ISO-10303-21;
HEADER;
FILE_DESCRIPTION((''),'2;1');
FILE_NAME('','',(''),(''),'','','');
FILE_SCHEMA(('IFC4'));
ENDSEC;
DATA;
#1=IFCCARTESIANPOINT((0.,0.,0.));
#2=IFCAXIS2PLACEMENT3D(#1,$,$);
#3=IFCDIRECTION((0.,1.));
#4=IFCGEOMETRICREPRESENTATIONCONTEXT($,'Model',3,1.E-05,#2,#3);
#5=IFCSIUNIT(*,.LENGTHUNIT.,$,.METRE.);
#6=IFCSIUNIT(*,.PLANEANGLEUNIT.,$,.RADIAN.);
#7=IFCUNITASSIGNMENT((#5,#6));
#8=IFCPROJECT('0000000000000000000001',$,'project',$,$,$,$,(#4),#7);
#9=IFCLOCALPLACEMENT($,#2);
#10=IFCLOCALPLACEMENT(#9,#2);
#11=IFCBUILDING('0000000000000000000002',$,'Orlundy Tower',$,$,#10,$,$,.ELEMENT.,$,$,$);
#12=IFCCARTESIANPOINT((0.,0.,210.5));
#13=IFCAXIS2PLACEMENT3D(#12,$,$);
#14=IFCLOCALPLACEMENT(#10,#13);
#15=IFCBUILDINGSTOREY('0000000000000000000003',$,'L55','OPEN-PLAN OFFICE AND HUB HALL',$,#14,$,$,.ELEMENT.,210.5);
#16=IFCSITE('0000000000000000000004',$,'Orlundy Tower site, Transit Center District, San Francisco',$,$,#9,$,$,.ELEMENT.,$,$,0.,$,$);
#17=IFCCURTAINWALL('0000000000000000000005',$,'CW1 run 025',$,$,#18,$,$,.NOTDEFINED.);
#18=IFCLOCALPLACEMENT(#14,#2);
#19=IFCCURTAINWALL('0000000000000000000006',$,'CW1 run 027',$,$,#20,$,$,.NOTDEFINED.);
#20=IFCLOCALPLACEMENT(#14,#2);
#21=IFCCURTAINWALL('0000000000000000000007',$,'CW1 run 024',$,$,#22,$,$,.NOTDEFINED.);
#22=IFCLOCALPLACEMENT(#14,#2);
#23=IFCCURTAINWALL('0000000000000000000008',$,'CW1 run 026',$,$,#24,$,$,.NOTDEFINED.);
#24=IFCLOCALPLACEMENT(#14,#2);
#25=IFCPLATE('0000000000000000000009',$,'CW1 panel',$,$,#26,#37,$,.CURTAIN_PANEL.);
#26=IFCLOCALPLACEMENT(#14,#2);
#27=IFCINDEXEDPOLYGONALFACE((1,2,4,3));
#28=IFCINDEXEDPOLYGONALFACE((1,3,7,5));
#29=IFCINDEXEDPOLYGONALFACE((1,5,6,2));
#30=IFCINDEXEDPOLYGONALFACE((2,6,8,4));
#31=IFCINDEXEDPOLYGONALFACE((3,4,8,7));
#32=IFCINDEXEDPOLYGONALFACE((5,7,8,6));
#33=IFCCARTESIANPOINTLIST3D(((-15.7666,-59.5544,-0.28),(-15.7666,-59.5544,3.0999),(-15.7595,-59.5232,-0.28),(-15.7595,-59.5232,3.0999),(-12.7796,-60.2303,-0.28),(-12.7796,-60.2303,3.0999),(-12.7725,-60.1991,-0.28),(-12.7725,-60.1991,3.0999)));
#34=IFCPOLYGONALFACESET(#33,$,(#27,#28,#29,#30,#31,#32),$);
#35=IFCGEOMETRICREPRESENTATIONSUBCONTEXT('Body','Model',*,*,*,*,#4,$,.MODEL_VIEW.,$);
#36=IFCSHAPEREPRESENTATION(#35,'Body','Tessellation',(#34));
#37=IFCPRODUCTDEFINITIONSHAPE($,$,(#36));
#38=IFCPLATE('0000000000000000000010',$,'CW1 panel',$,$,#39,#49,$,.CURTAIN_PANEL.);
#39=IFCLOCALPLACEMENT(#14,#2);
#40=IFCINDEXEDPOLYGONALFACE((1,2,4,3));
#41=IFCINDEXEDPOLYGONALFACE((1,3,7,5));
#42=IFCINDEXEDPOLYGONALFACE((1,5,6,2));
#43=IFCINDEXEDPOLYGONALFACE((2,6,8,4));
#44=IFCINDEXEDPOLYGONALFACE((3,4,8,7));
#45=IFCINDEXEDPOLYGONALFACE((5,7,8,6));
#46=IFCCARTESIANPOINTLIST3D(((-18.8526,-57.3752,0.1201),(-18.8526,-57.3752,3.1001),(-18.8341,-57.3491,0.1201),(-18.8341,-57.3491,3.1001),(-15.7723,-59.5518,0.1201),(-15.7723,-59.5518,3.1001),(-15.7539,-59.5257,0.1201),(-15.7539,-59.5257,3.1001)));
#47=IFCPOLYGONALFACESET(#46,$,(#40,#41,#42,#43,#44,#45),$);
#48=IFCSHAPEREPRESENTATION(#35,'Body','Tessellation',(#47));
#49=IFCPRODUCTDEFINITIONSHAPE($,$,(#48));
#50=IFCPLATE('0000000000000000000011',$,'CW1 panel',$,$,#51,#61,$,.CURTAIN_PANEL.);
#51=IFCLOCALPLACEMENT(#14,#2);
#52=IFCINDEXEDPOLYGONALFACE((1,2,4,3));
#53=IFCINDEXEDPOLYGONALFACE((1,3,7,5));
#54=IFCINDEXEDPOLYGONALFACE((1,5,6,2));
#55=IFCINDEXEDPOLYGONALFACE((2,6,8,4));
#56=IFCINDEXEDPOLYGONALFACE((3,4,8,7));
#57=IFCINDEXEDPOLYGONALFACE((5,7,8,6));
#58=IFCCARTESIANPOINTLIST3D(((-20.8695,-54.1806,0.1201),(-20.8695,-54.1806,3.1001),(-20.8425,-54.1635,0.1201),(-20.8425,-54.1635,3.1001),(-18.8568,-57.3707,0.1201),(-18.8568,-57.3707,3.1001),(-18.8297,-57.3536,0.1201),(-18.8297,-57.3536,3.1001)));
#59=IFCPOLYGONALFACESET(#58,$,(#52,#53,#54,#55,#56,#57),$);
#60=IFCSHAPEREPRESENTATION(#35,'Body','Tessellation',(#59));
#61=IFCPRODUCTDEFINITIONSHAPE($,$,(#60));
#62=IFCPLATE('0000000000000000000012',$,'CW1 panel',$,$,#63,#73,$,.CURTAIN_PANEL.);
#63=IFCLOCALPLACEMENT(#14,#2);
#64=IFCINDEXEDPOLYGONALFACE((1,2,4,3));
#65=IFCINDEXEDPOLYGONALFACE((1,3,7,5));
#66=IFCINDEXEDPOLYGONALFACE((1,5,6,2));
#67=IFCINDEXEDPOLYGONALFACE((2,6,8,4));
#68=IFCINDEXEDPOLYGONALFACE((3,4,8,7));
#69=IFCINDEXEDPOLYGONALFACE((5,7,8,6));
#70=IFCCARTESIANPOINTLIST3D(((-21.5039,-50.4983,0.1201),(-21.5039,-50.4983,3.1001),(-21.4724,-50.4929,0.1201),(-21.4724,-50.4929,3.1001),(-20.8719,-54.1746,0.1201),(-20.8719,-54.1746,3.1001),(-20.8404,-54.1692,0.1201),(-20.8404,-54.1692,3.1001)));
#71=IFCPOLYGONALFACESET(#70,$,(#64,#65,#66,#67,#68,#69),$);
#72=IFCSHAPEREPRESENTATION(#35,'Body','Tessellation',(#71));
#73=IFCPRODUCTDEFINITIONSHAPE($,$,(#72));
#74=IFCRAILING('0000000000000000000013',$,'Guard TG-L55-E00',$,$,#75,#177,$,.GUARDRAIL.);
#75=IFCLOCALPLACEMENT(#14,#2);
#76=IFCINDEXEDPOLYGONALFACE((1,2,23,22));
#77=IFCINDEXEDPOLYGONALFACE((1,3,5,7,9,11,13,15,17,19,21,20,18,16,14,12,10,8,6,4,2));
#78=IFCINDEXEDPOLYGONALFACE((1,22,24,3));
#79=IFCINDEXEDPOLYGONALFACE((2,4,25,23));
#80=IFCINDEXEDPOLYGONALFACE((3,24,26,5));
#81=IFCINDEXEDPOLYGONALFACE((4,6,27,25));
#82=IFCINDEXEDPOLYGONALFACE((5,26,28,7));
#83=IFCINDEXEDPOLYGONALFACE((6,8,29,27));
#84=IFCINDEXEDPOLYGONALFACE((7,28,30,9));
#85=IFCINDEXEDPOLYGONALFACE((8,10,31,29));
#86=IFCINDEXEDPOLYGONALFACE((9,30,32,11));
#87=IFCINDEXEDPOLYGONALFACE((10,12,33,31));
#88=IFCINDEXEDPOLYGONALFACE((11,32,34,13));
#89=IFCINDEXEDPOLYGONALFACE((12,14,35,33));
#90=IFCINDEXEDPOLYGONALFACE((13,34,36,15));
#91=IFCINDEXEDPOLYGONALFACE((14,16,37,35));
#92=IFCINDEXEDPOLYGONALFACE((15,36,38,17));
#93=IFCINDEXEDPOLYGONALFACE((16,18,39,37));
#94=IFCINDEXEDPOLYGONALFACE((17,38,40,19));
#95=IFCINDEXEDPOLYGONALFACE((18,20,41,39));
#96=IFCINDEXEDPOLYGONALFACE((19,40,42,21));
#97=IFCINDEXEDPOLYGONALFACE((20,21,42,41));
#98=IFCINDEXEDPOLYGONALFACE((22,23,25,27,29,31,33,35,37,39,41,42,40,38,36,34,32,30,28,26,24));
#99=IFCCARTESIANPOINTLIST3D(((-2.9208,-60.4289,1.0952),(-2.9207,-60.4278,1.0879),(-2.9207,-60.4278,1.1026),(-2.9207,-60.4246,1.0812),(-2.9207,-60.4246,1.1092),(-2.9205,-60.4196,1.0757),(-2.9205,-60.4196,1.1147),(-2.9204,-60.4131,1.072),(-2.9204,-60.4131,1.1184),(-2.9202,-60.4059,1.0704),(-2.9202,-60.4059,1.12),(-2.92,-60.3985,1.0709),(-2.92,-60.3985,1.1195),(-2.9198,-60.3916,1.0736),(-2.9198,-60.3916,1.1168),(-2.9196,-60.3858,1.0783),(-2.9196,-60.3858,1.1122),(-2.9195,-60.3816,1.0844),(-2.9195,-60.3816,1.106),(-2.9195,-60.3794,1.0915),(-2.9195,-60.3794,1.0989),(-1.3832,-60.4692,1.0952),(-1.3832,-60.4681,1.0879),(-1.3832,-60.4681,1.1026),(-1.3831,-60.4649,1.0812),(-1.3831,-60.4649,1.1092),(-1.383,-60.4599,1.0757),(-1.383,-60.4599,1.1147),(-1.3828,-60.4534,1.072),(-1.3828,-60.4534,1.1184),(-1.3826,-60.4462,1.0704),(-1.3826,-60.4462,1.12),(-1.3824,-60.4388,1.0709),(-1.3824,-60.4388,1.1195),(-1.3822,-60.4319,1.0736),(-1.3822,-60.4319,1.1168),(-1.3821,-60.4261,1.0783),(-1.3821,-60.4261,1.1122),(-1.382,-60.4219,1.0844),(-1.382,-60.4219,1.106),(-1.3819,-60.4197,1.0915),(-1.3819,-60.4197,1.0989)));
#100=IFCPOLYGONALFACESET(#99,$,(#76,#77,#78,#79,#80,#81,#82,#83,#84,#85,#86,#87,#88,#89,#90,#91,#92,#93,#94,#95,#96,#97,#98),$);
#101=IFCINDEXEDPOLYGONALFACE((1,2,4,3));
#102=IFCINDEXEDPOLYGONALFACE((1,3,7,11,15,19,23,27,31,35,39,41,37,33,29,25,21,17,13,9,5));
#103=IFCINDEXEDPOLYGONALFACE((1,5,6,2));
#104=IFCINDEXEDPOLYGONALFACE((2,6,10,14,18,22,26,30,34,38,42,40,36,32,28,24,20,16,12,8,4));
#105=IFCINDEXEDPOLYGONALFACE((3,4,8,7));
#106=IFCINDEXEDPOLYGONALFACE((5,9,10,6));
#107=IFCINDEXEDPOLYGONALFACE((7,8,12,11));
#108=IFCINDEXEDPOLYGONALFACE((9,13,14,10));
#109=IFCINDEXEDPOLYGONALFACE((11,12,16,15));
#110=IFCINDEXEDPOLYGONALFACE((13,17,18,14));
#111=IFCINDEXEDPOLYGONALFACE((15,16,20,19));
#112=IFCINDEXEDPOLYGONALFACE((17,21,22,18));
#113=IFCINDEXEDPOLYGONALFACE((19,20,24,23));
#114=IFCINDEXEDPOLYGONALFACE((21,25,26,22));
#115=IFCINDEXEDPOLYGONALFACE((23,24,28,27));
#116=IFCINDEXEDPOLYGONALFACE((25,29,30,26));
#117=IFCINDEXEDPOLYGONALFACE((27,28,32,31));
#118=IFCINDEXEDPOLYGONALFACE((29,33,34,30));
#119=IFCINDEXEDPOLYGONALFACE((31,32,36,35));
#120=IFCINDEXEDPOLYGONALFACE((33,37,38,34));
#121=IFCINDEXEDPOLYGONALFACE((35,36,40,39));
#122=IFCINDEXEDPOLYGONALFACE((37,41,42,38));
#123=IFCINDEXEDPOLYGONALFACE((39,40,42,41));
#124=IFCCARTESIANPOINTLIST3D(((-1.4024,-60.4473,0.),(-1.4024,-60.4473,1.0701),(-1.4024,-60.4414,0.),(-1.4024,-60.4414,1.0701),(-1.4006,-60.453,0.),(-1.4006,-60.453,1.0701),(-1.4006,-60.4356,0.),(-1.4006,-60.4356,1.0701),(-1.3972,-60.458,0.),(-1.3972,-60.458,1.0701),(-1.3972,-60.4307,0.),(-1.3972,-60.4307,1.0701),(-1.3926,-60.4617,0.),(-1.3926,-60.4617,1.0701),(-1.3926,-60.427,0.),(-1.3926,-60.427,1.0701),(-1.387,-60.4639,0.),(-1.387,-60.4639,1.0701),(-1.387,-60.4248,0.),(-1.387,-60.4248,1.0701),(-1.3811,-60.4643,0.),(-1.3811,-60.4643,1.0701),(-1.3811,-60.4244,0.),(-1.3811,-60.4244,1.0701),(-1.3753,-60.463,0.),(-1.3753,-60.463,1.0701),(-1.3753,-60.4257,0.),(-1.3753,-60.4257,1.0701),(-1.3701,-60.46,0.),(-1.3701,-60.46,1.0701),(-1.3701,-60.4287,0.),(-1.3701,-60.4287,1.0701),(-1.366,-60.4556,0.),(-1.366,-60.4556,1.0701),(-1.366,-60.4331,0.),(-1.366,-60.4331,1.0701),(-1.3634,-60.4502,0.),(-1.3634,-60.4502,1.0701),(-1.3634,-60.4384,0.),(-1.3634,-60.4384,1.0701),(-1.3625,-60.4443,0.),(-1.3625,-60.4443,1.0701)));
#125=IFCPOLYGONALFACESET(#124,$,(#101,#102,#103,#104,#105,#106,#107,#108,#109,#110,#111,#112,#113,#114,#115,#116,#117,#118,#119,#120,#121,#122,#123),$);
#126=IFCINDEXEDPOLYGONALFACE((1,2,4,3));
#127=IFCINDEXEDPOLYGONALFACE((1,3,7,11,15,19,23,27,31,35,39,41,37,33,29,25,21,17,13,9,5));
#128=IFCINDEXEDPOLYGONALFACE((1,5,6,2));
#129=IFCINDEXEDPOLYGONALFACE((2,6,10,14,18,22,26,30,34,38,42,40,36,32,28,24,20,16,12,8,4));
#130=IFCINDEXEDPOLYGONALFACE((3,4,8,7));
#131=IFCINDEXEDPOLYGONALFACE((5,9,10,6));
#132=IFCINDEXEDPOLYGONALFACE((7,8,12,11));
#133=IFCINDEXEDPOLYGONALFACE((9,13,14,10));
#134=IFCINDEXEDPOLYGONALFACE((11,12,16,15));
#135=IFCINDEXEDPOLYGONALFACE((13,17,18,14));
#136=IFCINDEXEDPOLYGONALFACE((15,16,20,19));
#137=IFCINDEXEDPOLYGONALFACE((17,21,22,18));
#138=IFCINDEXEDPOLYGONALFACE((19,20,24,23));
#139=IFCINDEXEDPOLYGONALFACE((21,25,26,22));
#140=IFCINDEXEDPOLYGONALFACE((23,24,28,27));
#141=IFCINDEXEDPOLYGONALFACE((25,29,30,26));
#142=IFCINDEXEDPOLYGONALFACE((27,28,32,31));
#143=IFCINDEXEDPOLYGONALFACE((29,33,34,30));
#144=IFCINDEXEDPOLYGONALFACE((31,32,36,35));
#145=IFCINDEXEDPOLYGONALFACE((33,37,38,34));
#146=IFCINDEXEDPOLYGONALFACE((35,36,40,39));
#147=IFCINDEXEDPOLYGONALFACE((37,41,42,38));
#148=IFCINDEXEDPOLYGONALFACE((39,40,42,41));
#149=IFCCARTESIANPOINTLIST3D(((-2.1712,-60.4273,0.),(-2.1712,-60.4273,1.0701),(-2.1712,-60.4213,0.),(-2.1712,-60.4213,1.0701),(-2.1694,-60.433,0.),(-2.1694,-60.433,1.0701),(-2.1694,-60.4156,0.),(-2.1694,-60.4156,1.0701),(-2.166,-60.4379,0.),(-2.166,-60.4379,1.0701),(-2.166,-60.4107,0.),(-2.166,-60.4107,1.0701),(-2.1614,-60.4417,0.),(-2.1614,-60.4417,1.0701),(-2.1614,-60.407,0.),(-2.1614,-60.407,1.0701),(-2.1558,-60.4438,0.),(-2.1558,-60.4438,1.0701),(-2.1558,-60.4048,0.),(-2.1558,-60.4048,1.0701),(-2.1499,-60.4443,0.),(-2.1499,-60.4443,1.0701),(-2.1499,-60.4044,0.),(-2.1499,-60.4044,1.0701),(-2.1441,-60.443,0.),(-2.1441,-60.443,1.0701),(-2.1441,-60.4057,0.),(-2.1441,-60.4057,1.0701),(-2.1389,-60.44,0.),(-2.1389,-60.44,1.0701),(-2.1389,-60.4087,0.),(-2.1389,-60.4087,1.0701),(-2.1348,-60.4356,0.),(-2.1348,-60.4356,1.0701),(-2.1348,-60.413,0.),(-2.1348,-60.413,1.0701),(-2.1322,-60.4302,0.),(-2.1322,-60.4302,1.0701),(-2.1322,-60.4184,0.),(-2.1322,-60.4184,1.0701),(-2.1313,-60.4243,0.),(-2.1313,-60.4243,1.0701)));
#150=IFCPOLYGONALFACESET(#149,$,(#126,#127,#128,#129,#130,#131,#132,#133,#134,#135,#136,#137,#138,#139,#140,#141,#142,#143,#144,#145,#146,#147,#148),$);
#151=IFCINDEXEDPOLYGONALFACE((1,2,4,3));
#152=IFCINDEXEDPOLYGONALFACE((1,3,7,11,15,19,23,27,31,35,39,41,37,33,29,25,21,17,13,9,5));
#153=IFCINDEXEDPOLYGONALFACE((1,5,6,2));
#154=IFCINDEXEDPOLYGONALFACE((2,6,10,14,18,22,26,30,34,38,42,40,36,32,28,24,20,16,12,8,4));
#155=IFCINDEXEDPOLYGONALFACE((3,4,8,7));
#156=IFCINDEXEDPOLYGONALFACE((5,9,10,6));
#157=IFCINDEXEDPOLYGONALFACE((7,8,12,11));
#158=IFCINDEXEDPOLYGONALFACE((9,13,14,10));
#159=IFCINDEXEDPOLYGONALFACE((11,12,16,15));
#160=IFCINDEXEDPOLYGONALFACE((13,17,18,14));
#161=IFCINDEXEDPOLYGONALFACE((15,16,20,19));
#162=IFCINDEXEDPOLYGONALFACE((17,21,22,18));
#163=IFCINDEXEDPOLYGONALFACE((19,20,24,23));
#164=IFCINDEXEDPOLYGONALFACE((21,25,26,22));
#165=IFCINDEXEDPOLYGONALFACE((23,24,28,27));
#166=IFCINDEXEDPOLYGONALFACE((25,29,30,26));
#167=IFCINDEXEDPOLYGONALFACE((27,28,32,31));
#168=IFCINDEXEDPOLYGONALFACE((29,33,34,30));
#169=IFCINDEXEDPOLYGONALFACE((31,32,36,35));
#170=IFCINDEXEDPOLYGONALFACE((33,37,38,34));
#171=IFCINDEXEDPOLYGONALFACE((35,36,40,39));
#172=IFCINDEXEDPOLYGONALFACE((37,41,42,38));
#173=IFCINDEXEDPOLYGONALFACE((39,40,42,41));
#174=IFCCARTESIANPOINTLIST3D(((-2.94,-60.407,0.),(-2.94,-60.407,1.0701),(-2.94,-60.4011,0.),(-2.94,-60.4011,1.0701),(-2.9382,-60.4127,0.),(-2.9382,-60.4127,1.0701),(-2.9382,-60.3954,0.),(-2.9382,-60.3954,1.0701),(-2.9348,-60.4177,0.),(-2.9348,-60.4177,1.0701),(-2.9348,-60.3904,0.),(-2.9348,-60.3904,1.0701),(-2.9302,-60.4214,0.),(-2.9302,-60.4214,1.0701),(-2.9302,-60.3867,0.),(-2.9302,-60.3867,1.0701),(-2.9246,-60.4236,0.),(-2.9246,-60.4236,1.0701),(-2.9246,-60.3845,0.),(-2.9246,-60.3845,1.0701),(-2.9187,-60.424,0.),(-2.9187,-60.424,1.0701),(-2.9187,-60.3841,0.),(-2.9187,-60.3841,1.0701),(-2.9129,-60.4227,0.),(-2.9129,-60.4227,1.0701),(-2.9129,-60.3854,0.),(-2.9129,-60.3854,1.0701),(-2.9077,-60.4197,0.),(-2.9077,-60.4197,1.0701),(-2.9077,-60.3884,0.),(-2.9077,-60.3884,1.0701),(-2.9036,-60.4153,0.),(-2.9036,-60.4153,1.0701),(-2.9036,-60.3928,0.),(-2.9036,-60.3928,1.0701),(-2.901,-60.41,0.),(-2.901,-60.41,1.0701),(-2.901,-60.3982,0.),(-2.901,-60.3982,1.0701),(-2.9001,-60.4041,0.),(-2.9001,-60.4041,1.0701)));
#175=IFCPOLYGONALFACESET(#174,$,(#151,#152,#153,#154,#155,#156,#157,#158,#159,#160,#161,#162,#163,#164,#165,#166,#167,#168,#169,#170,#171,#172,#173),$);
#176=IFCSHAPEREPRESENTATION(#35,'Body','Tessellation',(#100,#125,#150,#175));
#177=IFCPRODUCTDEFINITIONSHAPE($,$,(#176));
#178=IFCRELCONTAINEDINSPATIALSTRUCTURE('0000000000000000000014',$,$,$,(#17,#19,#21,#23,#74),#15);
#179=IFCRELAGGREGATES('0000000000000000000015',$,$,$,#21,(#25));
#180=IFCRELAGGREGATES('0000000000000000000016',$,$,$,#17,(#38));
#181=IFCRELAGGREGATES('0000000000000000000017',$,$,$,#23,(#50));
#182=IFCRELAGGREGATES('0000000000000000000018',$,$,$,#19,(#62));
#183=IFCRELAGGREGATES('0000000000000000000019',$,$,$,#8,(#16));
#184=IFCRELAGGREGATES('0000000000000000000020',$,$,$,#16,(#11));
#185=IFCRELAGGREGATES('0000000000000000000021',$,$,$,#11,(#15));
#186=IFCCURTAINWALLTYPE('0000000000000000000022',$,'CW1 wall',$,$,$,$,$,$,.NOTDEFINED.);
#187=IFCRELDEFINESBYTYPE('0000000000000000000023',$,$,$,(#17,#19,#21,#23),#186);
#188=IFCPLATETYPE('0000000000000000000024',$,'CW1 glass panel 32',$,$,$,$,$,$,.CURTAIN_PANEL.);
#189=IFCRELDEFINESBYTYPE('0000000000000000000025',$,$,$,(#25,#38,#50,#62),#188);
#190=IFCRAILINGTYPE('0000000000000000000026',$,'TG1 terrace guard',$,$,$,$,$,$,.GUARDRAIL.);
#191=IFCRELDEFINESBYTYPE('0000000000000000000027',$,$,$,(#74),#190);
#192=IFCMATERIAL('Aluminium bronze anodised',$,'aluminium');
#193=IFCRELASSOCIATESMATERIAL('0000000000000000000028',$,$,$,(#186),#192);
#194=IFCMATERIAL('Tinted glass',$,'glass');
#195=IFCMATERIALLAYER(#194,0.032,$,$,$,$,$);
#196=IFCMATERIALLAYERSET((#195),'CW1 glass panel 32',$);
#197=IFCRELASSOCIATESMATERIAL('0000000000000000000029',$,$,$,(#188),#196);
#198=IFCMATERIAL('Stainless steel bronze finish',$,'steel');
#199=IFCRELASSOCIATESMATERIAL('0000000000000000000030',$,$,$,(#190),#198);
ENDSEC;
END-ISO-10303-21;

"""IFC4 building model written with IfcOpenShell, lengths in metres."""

from ifc_helpers import new_model, si_unit, direction, frame, origin, origin_2d, place, context, subcontext, project, spatial, rectangle, circle, extrude, material, layer, layer_set, type_object, element, aggregate, save


model = new_model("IFC4")

# Units and contexts
model_context = context("Model", 3, precision=1e-05, world=origin(), true_north=direction((0.0, 1.0)))
body_context = subcontext(model_context, "Body", "Model", "MODEL_VIEW")
ifc_project = project(units=[si_unit("LENGTHUNIT", "METRE"), si_unit("PLANEANGLEUNIT", "RADIAN")], contexts=[model_context])

# Site, building, storey
site_placement = place(None, origin())
site = spatial("IfcSite", under=ifc_project, at=site_placement, Name="Orlundy Tower site, Transit Center District, San Francisco", CompositionType="ELEMENT", RefElevation=0.0)
building_placement = place(site_placement, origin())
building = spatial("IfcBuilding", under=site, at=building_placement, Name="Orlundy Tower", CompositionType="ELEMENT")
storey_placement = place(building_placement, frame((0.0, 0.0, 210.5)))
storey = spatial("IfcBuildingStorey", under=building, at=storey_placement, Name="L55", Description="OPEN-PLAN OFFICE AND HUB HALL", CompositionType="ELEMENT", Elevation=210.5)

# Curtain walls
ifc_material_1 = material(Name="Aluminium bronze anodised", Category="aluminium")
curtain_wall_type = type_object("IfcCurtainWallType", Name="CW1 wall", PredefinedType="NOTDEFINED", material=ifc_material_1)
curtain_wall_1_placement = place(storey_placement, origin())
curtain_wall_1 = element("IfcCurtainWall", 1, at=curtain_wall_1_placement, inside=storey, type_object=curtain_wall_type, Name="CW1 run 025", PredefinedType="NOTDEFINED")
curtain_wall_2_placement = place(storey_placement, origin())
curtain_wall_2 = element("IfcCurtainWall", 2, at=curtain_wall_2_placement, inside=storey, type_object=curtain_wall_type, Name="CW1 run 027", PredefinedType="NOTDEFINED")

# Curtain wall
curtain_wall_3_placement = place(storey_placement, origin())
curtain_wall_3 = element("IfcCurtainWall", 3, at=curtain_wall_3_placement, inside=storey, type_object=curtain_wall_type, Name="CW1 run 024", PredefinedType="NOTDEFINED")

# Curtain wall
curtain_wall_4_placement = place(storey_placement, origin())
curtain_wall_4 = element("IfcCurtainWall", 4, at=curtain_wall_4_placement, inside=storey, type_object=curtain_wall_type, Name="CW1 run 026", PredefinedType="NOTDEFINED")

# Plates
ifc_material_2 = material(Name="Tinted glass", Category="glass")
ifc_layer = layer(ifc_material_2, 0.032)
ifc_layer_set = layer_set([ifc_layer], Name="CW1 glass panel 32")
plate_type = type_object("IfcPlateType", Name="CW1 glass panel 32", PredefinedType="CURTAIN_PANEL", material=ifc_layer_set)
plate_1_placement = place(storey_placement, frame((-14.2695, -59.8767, -0.28), z_axis=(0.0, 0.0, 1.0), x_axis=(-0.975342, 0.2207, 0.0)))
plate_1 = element("IfcPlate", 5, at=plate_1_placement, type_object=plate_type, Name="CW1 panel", PredefinedType="CURTAIN_PANEL", context=body_context, shape_type="SweptSolid", body=[
    extrude(rectangle(XDim=3.0625, YDim=0.032, at=origin_2d()), origin(), (0.0, 0.0, 1.0), 3.3799),
])
aggregate(curtain_wall_3, [plate_1])
plate_2_placement = place(storey_placement, frame((-17.3032, -58.4504, 0.1201), z_axis=(0.0, 0.0, 1.0), x_axis=(-0.816676, 0.577096, 0.0)))
plate_2 = element("IfcPlate", 6, at=plate_2_placement, type_object=plate_type, Name="CW1 panel", PredefinedType="CURTAIN_PANEL", context=body_context, shape_type="SweptSolid", body=[
    extrude(rectangle(XDim=3.7717, YDim=0.032, at=origin_2d()), origin(), (0.0, 0.0, 1.0), 2.98),
])
aggregate(curtain_wall_1, [plate_2])
plate_3_placement = place(storey_placement, frame((-19.8496, -55.7671, 0.1201), z_axis=(0.0, 0.0, 1.0), x_axis=(-0.533607, 0.845732, 0.0)))
plate_3 = element("IfcPlate", 7, at=plate_3_placement, type_object=plate_type, Name="CW1 panel", PredefinedType="CURTAIN_PANEL", context=body_context, shape_type="SweptSolid", body=[
    extrude(rectangle(XDim=3.772, YDim=0.032, at=origin_2d()), origin(), (0.0, 0.0, 1.0), 2.98),
])
aggregate(curtain_wall_4, [plate_3])
plate_4_placement = place(storey_placement, frame((-21.1721, -52.3337, 0.1201), z_axis=(0.0, 0.0, 1.0), x_axis=(-0.169428, 0.985543, 0.0)))
plate_4 = element("IfcPlate", 8, at=plate_4_placement, type_object=plate_type, Name="CW1 panel", PredefinedType="CURTAIN_PANEL", context=body_context, shape_type="SweptSolid", body=[
    extrude(rectangle(XDim=3.7302, YDim=0.032, at=origin_2d()), origin(), (0.0, 0.0, 1.0), 2.98),
])
aggregate(curtain_wall_2, [plate_4])

# Railing
ifc_material_3 = material(Name="Stainless steel bronze finish", Category="steel")
railing_type = type_object("IfcRailingType", Name="TG1 terrace guard", PredefinedType="GUARDRAIL", material=ifc_material_3)
railing_1_placement = place(storey_placement, frame((-1.3826, -60.4443, 0.0)))
element("IfcRailing", 9, at=railing_1_placement, inside=storey, type_object=railing_type, Name="Guard TG-L55-E00", PredefinedType="GUARDRAIL", context=body_context, shape_type="SweptSolid", body=[
    extrude(circle(Radius=0.0249, at=origin_2d()), frame((0.0, 0.0, 1.0952), z_axis=(-0.999657, 0.02619, 0.0), x_axis=(-0.02619, -0.999657, 0.0)), (0.0, 0.0, 1.0), 1.5381),
    extrude(circle(Radius=0.02, at=origin_2d()), origin(), (0.0, 0.0, 1.0), 1.0701),
    extrude(circle(Radius=0.02, at=origin_2d()), frame((-0.7688, 0.02, 0.0)), (0.0, 0.0, 1.0), 1.0701),
    extrude(circle(Radius=0.02, at=origin_2d()), frame((-1.5376, 0.0403, 0.0)), (0.0, 0.0, 1.0), 1.0701),
])

save(model, "model.ifc")
